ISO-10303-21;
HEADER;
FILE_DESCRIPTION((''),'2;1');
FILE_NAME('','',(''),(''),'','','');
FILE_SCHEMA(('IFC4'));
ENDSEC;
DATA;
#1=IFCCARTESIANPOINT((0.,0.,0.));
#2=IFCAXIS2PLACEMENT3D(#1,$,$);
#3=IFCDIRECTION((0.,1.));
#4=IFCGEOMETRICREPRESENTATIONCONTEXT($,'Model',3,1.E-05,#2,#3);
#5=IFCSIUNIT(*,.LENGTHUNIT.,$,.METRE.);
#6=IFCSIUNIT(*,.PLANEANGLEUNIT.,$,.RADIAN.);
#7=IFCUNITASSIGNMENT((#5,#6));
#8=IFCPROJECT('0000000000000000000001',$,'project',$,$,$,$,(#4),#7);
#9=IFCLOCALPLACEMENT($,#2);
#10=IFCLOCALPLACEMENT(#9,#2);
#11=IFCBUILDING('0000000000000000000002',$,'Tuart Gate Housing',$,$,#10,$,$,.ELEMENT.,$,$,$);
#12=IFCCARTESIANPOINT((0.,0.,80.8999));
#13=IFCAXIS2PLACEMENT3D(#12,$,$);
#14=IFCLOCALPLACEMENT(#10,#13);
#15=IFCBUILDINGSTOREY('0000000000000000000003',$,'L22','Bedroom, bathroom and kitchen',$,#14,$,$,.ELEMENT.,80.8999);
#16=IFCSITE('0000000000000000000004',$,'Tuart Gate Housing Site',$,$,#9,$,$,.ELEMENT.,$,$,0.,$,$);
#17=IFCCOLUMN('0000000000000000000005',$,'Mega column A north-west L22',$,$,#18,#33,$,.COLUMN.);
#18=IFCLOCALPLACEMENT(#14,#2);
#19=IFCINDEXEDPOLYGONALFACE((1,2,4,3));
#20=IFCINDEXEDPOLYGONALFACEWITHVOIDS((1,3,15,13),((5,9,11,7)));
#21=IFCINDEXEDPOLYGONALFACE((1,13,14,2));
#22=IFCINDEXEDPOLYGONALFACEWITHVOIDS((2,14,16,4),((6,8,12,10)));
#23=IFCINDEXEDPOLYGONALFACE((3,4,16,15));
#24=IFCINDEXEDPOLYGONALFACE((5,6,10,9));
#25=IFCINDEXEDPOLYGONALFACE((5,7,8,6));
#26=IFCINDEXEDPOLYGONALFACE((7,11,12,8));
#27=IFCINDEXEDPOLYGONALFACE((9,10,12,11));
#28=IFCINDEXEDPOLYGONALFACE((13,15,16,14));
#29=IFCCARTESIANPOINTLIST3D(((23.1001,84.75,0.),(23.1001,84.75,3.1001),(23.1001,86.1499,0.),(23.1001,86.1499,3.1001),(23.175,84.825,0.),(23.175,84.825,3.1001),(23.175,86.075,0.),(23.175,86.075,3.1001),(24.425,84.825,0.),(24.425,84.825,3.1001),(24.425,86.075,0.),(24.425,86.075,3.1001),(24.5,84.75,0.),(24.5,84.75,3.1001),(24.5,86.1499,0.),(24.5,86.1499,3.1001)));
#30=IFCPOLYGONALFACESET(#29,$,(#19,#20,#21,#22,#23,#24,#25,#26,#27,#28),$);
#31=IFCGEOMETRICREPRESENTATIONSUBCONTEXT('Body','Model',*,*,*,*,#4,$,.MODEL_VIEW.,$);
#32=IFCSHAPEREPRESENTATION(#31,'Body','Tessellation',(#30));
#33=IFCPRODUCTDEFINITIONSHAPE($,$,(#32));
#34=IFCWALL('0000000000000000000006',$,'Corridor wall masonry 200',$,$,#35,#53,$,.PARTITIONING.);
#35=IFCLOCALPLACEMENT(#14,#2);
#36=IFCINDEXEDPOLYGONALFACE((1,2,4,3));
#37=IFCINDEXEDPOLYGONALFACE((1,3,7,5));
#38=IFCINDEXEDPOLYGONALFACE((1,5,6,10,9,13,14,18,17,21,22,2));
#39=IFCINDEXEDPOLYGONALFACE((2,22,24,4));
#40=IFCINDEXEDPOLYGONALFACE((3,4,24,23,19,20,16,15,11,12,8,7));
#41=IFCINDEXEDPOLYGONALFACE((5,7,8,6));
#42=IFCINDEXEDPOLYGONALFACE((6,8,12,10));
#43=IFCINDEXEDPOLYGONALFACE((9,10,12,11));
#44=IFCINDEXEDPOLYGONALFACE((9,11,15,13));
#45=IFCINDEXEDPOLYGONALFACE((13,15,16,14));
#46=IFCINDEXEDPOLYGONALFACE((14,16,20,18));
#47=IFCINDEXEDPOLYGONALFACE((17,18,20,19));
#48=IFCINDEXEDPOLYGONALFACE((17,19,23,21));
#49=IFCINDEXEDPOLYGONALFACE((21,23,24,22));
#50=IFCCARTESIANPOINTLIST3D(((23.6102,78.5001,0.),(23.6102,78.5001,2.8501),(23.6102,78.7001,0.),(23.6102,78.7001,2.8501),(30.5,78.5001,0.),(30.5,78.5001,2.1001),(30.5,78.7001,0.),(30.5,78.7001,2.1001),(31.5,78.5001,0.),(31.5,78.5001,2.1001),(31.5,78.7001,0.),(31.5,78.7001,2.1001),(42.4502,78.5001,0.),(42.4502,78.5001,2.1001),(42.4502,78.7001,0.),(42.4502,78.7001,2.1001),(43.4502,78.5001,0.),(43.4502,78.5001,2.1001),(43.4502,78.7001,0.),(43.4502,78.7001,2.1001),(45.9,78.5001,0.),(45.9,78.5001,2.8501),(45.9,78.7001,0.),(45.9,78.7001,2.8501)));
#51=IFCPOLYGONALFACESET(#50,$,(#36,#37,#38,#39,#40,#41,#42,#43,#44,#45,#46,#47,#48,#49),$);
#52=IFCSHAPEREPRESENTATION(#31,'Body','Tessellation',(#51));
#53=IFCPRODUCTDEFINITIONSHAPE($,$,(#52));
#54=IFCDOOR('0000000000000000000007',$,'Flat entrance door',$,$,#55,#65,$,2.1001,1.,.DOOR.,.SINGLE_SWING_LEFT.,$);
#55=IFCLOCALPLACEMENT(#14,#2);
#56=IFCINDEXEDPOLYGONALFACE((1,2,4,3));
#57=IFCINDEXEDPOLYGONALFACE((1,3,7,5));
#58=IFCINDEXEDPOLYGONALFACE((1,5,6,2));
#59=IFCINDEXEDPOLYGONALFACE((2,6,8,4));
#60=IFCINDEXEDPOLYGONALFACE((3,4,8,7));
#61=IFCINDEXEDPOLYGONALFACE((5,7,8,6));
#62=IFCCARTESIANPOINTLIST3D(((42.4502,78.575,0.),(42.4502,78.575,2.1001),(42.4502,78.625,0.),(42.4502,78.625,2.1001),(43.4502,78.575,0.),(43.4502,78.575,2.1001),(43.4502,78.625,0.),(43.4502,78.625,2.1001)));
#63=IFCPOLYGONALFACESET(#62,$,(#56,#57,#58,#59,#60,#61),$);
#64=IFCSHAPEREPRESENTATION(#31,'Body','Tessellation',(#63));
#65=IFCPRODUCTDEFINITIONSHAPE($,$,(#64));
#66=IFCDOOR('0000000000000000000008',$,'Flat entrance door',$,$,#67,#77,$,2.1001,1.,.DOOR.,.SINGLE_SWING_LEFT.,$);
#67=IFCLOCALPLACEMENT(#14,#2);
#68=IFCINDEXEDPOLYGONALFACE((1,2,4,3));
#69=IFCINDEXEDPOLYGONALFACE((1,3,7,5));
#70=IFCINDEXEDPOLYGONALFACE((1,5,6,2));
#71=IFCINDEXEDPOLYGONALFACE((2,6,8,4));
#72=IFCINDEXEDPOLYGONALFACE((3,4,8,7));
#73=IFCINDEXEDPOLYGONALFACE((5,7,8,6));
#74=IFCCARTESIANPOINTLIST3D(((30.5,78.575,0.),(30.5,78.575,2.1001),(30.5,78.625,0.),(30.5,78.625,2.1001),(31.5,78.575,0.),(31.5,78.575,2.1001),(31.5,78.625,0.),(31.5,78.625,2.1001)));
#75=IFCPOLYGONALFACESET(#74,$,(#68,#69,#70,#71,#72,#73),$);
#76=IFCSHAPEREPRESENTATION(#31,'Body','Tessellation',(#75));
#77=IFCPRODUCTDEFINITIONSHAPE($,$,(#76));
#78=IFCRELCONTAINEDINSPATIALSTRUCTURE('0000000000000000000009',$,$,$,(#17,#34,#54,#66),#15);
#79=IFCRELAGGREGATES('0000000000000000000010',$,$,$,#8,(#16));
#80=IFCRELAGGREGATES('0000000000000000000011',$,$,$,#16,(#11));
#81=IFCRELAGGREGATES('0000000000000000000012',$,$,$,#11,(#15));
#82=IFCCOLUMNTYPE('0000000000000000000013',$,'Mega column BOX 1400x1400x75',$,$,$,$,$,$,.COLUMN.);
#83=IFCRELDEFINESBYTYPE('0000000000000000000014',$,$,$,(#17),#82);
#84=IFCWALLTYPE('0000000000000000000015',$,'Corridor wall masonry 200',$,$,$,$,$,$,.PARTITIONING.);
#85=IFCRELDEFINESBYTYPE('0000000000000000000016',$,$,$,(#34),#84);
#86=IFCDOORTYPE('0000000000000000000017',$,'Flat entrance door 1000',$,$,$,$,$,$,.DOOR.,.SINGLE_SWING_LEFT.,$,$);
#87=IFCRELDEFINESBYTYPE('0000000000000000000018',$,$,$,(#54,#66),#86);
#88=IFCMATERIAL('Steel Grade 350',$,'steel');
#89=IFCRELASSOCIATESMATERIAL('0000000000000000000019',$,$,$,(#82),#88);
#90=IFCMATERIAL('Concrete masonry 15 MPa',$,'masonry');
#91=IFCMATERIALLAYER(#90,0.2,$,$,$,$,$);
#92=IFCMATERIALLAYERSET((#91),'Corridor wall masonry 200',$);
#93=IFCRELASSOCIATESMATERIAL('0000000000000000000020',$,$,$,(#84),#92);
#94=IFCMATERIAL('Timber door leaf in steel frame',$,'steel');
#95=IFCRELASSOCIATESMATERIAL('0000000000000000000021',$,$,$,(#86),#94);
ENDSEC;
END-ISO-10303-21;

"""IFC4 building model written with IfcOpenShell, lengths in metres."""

from ifc_helpers import new_model, si_unit, direction, frame, frame_2d, origin, origin_2d, place, context, subcontext, project, spatial, rectangle, hollow_rectangle, extrude, material, layer, layer_set, material_profile, profile_set, type_object, element, fill, save


model = new_model("IFC4")

# Units and contexts
model_context = context("Model", 3, precision=1e-05, world=origin(), true_north=direction((0.0, 1.0)))
body_context = subcontext(model_context, "Body", "Model", "MODEL_VIEW")
ifc_project = project(units=[si_unit("LENGTHUNIT", "METRE"), si_unit("PLANEANGLEUNIT", "RADIAN")], contexts=[model_context])

# Site, building, storey
site_placement = place(None, origin())
site = spatial("IfcSite", under=ifc_project, at=site_placement, Name="Tuart Gate Housing Site", CompositionType="ELEMENT", RefElevation=0.0)
building_placement = place(site_placement, origin())
building = spatial("IfcBuilding", under=site, at=building_placement, Name="Tuart Gate Housing", CompositionType="ELEMENT")
storey_placement = place(building_placement, frame((0.0, 0.0, 80.8999)))
storey = spatial("IfcBuildingStorey", under=building, at=storey_placement, Name="L22", Description="Bedroom, bathroom and kitchen", CompositionType="ELEMENT", Elevation=80.8999)

# Column
ifc_material_1 = material(Name="Steel Grade 350", Category="steel")
ifc_material_profile = material_profile(ifc_material_1, hollow_rectangle(XDim=1.3999, YDim=1.3999, WallThickness=0.075, at=origin_2d()), Name="BOX 1400x1400x75")
ifc_profile_set = profile_set([ifc_material_profile], Name="Steel Grade 350")
column_type = type_object("IfcColumnType", Name="Mega column BOX 1400x1400x75", PredefinedType="COLUMN", material=ifc_profile_set)
column_placement = place(storey_placement, frame((23.8, 85.45, 0.0), z_axis=(0.0, 0.0, 1.0), x_axis=(1.0, 0.0, 0.0)))
element("IfcColumn", 1, at=column_placement, inside=storey, type_object=column_type, Name="Mega column A north-west L22", PredefinedType="COLUMN", context=body_context, shape_type="SweptSolid", body=[
    extrude(hollow_rectangle(XDim=1.3999, YDim=1.3999, WallThickness=0.075, at=origin_2d()), origin(), (0.0, 0.0, 1.0), 3.1001),
])

# Wall, openings, doors
ifc_material_2 = material(Name="Concrete masonry 15 MPa", Category="masonry")
ifc_layer_1 = layer(ifc_material_2, 0.2)
ifc_layer_set_1 = layer_set([ifc_layer_1], Name="Corridor wall masonry 200")
wall_type_1 = type_object("IfcWallType", Name="Corridor wall masonry 200", PredefinedType="PARTITIONING", material=ifc_layer_set_1)
wall_1_placement = place(storey_placement, frame((23.6101, 78.6001, 0.0), z_axis=(0.0, 0.0, 1.0), x_axis=(1.0, 0.0, 0.0)))
wall_1 = element("IfcWall", 2, at=wall_1_placement, inside=storey, type_object=wall_type_1, Name="Corridor wall masonry 200", PredefinedType="PARTITIONING", context=body_context, shape_type="SweptSolid", body=[
    extrude(rectangle(XDim=22.2898, YDim=0.2, at=frame_2d((11.145, 0.0))), origin(), (0.0, 0.0, 1.0), 2.8501),
])
opening_1_placement = place(wall_1_placement, frame((18.8401, 0.0, 0.0)))
opening_1 = element("IfcOpeningElement", 3, at=opening_1_placement, cuts=wall_1, PredefinedType="OPENING", context=body_context, shape_type="SweptSolid", body=[
    extrude(rectangle(XDim=1.0, YDim=2.1001, at=frame_2d((0.5, 1.05))), frame((0.0, 0.1099, 0.0), z_axis=(0.0, -1.0, 0.0), x_axis=(1.0, 0.0, 0.0)), (0.0, 0.0, 1.0), 0.22),
])
opening_2_placement = place(wall_1_placement, frame((6.8899, 0.0, 0.0)))
opening_2 = element("IfcOpeningElement", 4, at=opening_2_placement, cuts=wall_1, PredefinedType="OPENING", context=body_context, shape_type="SweptSolid", body=[
    extrude(rectangle(XDim=1.0, YDim=2.1001, at=frame_2d((0.5, 1.05))), frame((0.0, 0.1099, 0.0), z_axis=(0.0, -1.0, 0.0), x_axis=(1.0, 0.0, 0.0)), (0.0, 0.0, 1.0), 0.22),
])
ifc_material_3 = material(Name="Timber door leaf in steel frame", Category="steel")
door_type = type_object("IfcDoorType", Name="Flat entrance door 1000", OperationType="SINGLE_SWING_LEFT", PredefinedType="DOOR", material=ifc_material_3)
door_1_placement = place(opening_1_placement, origin())
door_1 = element("IfcDoor", 5, at=door_1_placement, inside=storey, type_object=door_type, Name="Flat entrance door", OperationType="SINGLE_SWING_LEFT", OverallHeight=2.1001, OverallWidth=1.0, PredefinedType="DOOR", context=body_context, shape_type="SweptSolid", body=[
    extrude(rectangle(XDim=1.0, YDim=2.1001, at=frame_2d((0.5, 1.05))), frame((0.0, 0.0249, 0.0), z_axis=(0.0, -1.0, 0.0), x_axis=(1.0, 0.0, 0.0)), (0.0, 0.0, 1.0), 0.05),
])
fill(opening_1, door_1)
door_2_placement = place(opening_2_placement, origin())
door_2 = element("IfcDoor", 6, at=door_2_placement, inside=storey, type_object=door_type, Name="Flat entrance door", OperationType="SINGLE_SWING_LEFT", OverallHeight=2.1001, OverallWidth=1.0, PredefinedType="DOOR", context=body_context, shape_type="SweptSolid", body=[
    extrude(rectangle(XDim=1.0, YDim=2.1001, at=frame_2d((0.5, 1.05))), frame((0.0, 0.0249, 0.0), z_axis=(0.0, -1.0, 0.0), x_axis=(1.0, 0.0, 0.0)), (0.0, 0.0, 1.0), 0.05),
])
fill(opening_2, door_2)

save(model, "model.ifc")
